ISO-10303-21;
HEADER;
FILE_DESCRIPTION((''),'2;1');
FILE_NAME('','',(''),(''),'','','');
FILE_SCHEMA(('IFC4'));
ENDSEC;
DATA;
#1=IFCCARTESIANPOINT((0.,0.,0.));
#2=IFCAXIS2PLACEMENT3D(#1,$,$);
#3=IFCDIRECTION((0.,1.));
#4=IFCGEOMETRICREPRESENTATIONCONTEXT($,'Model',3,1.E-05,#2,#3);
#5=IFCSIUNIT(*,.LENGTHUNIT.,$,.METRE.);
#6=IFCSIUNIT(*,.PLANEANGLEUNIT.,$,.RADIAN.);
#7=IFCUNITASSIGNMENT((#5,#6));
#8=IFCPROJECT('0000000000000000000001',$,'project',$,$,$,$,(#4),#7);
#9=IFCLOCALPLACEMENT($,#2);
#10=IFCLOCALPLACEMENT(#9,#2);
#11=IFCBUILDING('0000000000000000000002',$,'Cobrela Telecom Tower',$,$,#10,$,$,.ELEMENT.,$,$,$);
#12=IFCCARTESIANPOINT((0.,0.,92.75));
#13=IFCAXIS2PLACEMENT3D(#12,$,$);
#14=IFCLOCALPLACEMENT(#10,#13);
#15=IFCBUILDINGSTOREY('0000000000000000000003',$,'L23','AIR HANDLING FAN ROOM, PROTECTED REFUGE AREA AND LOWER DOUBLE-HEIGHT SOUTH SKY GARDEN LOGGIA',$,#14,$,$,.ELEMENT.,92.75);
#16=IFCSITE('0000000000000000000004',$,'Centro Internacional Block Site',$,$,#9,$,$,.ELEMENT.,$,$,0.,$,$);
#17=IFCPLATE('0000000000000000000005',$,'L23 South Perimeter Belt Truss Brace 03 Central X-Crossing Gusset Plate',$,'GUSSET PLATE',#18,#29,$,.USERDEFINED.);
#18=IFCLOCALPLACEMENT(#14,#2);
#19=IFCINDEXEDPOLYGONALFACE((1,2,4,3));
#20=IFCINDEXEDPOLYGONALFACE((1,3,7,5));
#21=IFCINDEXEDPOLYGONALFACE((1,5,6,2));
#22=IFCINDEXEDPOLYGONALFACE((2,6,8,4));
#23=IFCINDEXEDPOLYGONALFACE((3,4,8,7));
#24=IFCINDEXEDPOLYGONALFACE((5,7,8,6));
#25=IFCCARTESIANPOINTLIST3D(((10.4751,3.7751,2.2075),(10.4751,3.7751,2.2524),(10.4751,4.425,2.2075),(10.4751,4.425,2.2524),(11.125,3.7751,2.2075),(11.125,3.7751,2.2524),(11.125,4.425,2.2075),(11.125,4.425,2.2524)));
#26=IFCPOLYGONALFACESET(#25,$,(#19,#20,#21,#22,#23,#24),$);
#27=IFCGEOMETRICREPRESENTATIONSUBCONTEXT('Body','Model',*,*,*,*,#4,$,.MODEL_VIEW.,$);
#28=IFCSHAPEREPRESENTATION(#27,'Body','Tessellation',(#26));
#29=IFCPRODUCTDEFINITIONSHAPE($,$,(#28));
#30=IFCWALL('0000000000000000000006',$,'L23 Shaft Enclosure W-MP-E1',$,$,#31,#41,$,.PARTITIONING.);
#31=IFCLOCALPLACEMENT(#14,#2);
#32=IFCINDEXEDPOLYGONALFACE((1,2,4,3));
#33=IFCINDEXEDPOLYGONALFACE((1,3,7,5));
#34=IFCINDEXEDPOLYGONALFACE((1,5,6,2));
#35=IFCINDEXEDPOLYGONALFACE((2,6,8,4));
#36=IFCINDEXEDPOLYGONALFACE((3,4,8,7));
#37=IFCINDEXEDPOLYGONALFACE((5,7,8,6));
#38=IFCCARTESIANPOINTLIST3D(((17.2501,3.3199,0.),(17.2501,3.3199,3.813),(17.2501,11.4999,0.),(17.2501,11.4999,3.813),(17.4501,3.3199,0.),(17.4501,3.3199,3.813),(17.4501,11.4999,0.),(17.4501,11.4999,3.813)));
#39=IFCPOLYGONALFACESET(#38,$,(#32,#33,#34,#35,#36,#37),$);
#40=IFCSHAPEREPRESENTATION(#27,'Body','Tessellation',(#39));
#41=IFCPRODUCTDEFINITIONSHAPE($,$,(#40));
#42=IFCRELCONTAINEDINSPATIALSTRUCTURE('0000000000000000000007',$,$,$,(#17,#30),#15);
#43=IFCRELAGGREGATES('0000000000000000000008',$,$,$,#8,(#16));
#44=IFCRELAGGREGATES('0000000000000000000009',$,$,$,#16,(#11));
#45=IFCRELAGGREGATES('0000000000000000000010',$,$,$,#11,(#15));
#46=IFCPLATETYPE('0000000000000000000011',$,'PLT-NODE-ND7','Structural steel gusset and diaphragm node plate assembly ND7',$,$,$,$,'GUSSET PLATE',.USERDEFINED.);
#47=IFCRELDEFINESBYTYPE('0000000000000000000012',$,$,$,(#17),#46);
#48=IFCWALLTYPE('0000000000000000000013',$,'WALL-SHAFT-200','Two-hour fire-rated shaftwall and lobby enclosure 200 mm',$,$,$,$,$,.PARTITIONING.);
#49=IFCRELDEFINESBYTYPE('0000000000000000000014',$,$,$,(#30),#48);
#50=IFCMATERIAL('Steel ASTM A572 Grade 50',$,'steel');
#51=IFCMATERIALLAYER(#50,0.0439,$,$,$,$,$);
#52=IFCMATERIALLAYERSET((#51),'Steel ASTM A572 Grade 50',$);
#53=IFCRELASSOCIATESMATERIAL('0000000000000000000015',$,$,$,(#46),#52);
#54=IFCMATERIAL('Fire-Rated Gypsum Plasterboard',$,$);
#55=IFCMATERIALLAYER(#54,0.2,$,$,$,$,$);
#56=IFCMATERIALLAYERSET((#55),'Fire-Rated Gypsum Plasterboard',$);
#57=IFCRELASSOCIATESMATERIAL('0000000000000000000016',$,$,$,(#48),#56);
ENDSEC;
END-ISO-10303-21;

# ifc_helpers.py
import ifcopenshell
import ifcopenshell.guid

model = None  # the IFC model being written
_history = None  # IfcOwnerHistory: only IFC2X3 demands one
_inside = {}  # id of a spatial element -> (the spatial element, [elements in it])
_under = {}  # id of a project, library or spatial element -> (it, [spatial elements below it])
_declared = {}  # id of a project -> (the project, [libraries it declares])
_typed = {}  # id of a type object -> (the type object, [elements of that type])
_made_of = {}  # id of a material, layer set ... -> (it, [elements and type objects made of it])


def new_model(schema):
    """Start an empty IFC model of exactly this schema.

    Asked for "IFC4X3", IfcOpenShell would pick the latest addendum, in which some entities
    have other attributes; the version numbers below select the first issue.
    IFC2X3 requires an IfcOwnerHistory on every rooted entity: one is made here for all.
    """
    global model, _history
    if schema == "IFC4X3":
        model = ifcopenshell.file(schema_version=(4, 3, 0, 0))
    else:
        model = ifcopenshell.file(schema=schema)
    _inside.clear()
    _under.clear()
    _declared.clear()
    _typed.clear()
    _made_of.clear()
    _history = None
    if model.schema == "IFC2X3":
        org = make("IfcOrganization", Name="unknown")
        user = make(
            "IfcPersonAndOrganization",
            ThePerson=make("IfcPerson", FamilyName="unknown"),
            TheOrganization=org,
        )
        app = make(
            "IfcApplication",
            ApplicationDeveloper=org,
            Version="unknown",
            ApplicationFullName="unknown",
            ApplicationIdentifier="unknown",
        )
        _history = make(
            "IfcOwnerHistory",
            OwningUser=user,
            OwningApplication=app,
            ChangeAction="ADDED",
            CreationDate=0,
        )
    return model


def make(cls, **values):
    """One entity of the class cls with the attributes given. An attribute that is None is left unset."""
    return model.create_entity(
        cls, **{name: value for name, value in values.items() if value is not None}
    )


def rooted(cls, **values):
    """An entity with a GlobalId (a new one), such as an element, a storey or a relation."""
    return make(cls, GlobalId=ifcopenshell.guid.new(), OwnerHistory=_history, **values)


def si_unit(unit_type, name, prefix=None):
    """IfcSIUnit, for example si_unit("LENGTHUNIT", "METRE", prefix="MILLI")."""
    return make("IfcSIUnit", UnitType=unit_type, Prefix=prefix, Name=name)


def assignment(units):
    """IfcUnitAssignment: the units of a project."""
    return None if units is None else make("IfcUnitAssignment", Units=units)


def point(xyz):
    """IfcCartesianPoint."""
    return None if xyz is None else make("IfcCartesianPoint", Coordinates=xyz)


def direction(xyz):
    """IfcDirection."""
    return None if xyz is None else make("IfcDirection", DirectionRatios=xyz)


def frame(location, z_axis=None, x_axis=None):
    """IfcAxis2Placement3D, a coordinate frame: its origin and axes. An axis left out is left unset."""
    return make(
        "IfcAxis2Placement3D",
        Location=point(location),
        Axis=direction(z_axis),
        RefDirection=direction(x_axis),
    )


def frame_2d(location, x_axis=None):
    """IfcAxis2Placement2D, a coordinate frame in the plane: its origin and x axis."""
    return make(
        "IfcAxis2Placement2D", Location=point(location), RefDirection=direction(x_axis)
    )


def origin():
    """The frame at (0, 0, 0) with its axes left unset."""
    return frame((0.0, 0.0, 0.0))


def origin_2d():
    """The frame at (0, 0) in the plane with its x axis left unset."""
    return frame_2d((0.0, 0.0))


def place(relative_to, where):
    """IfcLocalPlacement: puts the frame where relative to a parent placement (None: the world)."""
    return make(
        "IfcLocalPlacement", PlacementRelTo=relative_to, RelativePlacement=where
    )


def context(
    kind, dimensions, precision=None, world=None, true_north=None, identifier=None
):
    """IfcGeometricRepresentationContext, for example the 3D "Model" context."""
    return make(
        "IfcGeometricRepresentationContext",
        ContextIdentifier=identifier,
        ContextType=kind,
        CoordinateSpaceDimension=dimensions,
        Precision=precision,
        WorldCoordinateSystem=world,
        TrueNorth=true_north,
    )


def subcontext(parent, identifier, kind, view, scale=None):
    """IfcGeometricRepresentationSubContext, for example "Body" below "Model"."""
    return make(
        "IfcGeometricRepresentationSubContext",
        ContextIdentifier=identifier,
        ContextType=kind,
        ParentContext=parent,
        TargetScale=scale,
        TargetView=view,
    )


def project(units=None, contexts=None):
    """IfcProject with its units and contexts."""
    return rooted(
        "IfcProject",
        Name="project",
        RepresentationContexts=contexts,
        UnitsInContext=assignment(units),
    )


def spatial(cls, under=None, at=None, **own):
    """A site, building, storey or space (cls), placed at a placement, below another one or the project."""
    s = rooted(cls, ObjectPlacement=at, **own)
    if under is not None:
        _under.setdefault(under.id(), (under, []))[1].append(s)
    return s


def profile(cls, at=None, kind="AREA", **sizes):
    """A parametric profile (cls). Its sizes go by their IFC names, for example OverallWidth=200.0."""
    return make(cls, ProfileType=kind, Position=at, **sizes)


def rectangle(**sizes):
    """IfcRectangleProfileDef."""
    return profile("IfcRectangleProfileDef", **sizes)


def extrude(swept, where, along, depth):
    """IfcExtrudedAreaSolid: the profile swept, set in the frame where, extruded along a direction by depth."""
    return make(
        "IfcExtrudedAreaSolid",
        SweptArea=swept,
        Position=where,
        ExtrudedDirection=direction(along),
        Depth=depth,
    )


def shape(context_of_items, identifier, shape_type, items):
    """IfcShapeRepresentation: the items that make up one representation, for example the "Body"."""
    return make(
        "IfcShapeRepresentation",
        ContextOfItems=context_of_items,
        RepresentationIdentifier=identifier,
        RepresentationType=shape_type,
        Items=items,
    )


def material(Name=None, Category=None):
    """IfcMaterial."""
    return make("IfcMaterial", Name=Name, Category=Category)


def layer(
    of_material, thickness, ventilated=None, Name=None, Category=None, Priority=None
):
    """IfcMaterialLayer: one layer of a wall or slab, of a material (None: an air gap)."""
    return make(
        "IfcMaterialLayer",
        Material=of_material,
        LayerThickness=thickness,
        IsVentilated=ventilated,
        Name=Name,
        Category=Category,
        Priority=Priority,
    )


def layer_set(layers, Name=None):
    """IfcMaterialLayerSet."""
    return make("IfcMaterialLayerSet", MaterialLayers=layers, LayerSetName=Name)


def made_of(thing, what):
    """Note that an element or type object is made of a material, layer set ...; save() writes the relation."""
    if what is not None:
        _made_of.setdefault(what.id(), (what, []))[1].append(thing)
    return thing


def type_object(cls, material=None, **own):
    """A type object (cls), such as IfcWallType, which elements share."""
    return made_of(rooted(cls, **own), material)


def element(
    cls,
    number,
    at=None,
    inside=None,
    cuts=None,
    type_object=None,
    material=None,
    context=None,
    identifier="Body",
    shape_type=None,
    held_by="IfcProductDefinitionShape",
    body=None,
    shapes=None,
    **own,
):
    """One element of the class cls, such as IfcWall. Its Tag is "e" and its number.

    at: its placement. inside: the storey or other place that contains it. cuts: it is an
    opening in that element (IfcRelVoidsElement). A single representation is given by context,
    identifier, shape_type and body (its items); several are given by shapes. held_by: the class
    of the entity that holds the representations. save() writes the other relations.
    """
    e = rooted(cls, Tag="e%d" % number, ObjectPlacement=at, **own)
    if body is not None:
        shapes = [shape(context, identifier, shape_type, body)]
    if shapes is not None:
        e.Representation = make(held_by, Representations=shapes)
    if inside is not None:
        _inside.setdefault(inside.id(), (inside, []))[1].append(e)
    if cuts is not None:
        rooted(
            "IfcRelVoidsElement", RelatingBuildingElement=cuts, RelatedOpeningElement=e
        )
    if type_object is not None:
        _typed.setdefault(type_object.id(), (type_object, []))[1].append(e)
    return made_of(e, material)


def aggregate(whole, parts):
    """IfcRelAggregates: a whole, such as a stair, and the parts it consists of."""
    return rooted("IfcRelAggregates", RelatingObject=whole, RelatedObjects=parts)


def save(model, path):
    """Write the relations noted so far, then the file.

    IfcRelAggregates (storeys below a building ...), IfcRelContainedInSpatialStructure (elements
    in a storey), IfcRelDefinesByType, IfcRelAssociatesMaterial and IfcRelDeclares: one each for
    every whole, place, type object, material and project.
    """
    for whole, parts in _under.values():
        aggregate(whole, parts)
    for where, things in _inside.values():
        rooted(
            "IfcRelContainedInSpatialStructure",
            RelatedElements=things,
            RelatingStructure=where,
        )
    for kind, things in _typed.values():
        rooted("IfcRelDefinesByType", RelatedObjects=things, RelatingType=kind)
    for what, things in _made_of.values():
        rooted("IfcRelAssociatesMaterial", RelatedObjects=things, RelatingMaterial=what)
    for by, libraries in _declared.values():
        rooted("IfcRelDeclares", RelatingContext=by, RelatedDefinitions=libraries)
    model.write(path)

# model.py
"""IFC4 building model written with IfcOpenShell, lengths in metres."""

from ifc_helpers import new_model, si_unit, direction, frame, frame_2d, origin, origin_2d, place, context, subcontext, project, spatial, rectangle, extrude, material, layer, layer_set, type_object, element, save


model = new_model("IFC4")

# Units and contexts
model_context = context("Model", 3, precision=1e-05, world=origin(), true_north=direction((0.0, 1.0)))
body_context = subcontext(model_context, "Body", "Model", "MODEL_VIEW")
ifc_project = project(units=[si_unit("LENGTHUNIT", "METRE"), si_unit("PLANEANGLEUNIT", "RADIAN")], contexts=[model_context])

# Site, building, storey
site_placement = place(None, origin())
site = spatial("IfcSite", under=ifc_project, at=site_placement, Name="Centro Internacional Block Site", CompositionType="ELEMENT", RefElevation=0.0)
building_placement = place(site_placement, origin())
building = spatial("IfcBuilding", under=site, at=building_placement, Name="Cobrela Telecom Tower", CompositionType="ELEMENT")
storey_placement = place(building_placement, frame((0.0, 0.0, 92.75)))
storey = spatial("IfcBuildingStorey", under=building, at=storey_placement, Name="L23", Description="AIR HANDLING FAN ROOM, PROTECTED REFUGE AREA AND LOWER DOUBLE-HEIGHT SOUTH SKY GARDEN LOGGIA", CompositionType="ELEMENT", Elevation=92.75)

# Shared definitions
ifc_material_1 = material(Name="Steel ASTM A572 Grade 50", Category="steel")

# Plate
ifc_layer_1 = layer(ifc_material_1, 0.0439)
ifc_layer_set_1 = layer_set([ifc_layer_1], Name="Steel ASTM A572 Grade 50")
plate_type_1 = type_object("IfcPlateType", Name="PLT-NODE-ND7", Description="Structural steel gusset and diaphragm node plate assembly ND7", ElementType="GUSSET PLATE", PredefinedType="USERDEFINED", material=ifc_layer_set_1)
plate_1_placement = place(storey_placement, frame((10.8, 4.1001, 2.2075), z_axis=(0.0, 0.0, 1.0), x_axis=(1.0, 0.0, 0.0)))
element("IfcPlate", 1, at=plate_1_placement, inside=storey, type_object=plate_type_1, Name="L23 South Perimeter Belt Truss Brace 03 Central X-Crossing Gusset Plate", ObjectType="GUSSET PLATE", PredefinedType="USERDEFINED", context=body_context, shape_type="SweptSolid", body=[
    extrude(rectangle(XDim=0.6499, YDim=0.6499, at=origin_2d()), origin(), (0.0, 0.0, 1.0), 0.0449),
])

# Shared definitions
ifc_material_2 = material(Name="Fire-Rated Gypsum Plasterboard")
ifc_layer_2 = layer(ifc_material_2, 0.2)
ifc_layer_set_2 = layer_set([ifc_layer_2], Name="Fire-Rated Gypsum Plasterboard")
wall_type = type_object("IfcWallType", Name="WALL-SHAFT-200", Description="Two-hour fire-rated shaftwall and lobby enclosure 200 mm", PredefinedType="PARTITIONING", material=ifc_layer_set_2)

# Wall
wall_1_placement = place(storey_placement, frame((17.3501, 3.3201, 0.0), z_axis=(0.0, 0.0, 1.0), x_axis=(0.0, 1.0, 0.0)))
element("IfcWall", 2, at=wall_1_placement, inside=storey, type_object=wall_type, Name="L23 Shaft Enclosure W-MP-E1", PredefinedType="PARTITIONING", context=body_context, shape_type="SweptSolid", body=[
    extrude(rectangle(XDim=8.1799, YDim=0.2, at=frame_2d((4.0898, 0.0))), origin(), (0.0, 0.0, 1.0), 3.813),
])

save(model, "model.ifc")
